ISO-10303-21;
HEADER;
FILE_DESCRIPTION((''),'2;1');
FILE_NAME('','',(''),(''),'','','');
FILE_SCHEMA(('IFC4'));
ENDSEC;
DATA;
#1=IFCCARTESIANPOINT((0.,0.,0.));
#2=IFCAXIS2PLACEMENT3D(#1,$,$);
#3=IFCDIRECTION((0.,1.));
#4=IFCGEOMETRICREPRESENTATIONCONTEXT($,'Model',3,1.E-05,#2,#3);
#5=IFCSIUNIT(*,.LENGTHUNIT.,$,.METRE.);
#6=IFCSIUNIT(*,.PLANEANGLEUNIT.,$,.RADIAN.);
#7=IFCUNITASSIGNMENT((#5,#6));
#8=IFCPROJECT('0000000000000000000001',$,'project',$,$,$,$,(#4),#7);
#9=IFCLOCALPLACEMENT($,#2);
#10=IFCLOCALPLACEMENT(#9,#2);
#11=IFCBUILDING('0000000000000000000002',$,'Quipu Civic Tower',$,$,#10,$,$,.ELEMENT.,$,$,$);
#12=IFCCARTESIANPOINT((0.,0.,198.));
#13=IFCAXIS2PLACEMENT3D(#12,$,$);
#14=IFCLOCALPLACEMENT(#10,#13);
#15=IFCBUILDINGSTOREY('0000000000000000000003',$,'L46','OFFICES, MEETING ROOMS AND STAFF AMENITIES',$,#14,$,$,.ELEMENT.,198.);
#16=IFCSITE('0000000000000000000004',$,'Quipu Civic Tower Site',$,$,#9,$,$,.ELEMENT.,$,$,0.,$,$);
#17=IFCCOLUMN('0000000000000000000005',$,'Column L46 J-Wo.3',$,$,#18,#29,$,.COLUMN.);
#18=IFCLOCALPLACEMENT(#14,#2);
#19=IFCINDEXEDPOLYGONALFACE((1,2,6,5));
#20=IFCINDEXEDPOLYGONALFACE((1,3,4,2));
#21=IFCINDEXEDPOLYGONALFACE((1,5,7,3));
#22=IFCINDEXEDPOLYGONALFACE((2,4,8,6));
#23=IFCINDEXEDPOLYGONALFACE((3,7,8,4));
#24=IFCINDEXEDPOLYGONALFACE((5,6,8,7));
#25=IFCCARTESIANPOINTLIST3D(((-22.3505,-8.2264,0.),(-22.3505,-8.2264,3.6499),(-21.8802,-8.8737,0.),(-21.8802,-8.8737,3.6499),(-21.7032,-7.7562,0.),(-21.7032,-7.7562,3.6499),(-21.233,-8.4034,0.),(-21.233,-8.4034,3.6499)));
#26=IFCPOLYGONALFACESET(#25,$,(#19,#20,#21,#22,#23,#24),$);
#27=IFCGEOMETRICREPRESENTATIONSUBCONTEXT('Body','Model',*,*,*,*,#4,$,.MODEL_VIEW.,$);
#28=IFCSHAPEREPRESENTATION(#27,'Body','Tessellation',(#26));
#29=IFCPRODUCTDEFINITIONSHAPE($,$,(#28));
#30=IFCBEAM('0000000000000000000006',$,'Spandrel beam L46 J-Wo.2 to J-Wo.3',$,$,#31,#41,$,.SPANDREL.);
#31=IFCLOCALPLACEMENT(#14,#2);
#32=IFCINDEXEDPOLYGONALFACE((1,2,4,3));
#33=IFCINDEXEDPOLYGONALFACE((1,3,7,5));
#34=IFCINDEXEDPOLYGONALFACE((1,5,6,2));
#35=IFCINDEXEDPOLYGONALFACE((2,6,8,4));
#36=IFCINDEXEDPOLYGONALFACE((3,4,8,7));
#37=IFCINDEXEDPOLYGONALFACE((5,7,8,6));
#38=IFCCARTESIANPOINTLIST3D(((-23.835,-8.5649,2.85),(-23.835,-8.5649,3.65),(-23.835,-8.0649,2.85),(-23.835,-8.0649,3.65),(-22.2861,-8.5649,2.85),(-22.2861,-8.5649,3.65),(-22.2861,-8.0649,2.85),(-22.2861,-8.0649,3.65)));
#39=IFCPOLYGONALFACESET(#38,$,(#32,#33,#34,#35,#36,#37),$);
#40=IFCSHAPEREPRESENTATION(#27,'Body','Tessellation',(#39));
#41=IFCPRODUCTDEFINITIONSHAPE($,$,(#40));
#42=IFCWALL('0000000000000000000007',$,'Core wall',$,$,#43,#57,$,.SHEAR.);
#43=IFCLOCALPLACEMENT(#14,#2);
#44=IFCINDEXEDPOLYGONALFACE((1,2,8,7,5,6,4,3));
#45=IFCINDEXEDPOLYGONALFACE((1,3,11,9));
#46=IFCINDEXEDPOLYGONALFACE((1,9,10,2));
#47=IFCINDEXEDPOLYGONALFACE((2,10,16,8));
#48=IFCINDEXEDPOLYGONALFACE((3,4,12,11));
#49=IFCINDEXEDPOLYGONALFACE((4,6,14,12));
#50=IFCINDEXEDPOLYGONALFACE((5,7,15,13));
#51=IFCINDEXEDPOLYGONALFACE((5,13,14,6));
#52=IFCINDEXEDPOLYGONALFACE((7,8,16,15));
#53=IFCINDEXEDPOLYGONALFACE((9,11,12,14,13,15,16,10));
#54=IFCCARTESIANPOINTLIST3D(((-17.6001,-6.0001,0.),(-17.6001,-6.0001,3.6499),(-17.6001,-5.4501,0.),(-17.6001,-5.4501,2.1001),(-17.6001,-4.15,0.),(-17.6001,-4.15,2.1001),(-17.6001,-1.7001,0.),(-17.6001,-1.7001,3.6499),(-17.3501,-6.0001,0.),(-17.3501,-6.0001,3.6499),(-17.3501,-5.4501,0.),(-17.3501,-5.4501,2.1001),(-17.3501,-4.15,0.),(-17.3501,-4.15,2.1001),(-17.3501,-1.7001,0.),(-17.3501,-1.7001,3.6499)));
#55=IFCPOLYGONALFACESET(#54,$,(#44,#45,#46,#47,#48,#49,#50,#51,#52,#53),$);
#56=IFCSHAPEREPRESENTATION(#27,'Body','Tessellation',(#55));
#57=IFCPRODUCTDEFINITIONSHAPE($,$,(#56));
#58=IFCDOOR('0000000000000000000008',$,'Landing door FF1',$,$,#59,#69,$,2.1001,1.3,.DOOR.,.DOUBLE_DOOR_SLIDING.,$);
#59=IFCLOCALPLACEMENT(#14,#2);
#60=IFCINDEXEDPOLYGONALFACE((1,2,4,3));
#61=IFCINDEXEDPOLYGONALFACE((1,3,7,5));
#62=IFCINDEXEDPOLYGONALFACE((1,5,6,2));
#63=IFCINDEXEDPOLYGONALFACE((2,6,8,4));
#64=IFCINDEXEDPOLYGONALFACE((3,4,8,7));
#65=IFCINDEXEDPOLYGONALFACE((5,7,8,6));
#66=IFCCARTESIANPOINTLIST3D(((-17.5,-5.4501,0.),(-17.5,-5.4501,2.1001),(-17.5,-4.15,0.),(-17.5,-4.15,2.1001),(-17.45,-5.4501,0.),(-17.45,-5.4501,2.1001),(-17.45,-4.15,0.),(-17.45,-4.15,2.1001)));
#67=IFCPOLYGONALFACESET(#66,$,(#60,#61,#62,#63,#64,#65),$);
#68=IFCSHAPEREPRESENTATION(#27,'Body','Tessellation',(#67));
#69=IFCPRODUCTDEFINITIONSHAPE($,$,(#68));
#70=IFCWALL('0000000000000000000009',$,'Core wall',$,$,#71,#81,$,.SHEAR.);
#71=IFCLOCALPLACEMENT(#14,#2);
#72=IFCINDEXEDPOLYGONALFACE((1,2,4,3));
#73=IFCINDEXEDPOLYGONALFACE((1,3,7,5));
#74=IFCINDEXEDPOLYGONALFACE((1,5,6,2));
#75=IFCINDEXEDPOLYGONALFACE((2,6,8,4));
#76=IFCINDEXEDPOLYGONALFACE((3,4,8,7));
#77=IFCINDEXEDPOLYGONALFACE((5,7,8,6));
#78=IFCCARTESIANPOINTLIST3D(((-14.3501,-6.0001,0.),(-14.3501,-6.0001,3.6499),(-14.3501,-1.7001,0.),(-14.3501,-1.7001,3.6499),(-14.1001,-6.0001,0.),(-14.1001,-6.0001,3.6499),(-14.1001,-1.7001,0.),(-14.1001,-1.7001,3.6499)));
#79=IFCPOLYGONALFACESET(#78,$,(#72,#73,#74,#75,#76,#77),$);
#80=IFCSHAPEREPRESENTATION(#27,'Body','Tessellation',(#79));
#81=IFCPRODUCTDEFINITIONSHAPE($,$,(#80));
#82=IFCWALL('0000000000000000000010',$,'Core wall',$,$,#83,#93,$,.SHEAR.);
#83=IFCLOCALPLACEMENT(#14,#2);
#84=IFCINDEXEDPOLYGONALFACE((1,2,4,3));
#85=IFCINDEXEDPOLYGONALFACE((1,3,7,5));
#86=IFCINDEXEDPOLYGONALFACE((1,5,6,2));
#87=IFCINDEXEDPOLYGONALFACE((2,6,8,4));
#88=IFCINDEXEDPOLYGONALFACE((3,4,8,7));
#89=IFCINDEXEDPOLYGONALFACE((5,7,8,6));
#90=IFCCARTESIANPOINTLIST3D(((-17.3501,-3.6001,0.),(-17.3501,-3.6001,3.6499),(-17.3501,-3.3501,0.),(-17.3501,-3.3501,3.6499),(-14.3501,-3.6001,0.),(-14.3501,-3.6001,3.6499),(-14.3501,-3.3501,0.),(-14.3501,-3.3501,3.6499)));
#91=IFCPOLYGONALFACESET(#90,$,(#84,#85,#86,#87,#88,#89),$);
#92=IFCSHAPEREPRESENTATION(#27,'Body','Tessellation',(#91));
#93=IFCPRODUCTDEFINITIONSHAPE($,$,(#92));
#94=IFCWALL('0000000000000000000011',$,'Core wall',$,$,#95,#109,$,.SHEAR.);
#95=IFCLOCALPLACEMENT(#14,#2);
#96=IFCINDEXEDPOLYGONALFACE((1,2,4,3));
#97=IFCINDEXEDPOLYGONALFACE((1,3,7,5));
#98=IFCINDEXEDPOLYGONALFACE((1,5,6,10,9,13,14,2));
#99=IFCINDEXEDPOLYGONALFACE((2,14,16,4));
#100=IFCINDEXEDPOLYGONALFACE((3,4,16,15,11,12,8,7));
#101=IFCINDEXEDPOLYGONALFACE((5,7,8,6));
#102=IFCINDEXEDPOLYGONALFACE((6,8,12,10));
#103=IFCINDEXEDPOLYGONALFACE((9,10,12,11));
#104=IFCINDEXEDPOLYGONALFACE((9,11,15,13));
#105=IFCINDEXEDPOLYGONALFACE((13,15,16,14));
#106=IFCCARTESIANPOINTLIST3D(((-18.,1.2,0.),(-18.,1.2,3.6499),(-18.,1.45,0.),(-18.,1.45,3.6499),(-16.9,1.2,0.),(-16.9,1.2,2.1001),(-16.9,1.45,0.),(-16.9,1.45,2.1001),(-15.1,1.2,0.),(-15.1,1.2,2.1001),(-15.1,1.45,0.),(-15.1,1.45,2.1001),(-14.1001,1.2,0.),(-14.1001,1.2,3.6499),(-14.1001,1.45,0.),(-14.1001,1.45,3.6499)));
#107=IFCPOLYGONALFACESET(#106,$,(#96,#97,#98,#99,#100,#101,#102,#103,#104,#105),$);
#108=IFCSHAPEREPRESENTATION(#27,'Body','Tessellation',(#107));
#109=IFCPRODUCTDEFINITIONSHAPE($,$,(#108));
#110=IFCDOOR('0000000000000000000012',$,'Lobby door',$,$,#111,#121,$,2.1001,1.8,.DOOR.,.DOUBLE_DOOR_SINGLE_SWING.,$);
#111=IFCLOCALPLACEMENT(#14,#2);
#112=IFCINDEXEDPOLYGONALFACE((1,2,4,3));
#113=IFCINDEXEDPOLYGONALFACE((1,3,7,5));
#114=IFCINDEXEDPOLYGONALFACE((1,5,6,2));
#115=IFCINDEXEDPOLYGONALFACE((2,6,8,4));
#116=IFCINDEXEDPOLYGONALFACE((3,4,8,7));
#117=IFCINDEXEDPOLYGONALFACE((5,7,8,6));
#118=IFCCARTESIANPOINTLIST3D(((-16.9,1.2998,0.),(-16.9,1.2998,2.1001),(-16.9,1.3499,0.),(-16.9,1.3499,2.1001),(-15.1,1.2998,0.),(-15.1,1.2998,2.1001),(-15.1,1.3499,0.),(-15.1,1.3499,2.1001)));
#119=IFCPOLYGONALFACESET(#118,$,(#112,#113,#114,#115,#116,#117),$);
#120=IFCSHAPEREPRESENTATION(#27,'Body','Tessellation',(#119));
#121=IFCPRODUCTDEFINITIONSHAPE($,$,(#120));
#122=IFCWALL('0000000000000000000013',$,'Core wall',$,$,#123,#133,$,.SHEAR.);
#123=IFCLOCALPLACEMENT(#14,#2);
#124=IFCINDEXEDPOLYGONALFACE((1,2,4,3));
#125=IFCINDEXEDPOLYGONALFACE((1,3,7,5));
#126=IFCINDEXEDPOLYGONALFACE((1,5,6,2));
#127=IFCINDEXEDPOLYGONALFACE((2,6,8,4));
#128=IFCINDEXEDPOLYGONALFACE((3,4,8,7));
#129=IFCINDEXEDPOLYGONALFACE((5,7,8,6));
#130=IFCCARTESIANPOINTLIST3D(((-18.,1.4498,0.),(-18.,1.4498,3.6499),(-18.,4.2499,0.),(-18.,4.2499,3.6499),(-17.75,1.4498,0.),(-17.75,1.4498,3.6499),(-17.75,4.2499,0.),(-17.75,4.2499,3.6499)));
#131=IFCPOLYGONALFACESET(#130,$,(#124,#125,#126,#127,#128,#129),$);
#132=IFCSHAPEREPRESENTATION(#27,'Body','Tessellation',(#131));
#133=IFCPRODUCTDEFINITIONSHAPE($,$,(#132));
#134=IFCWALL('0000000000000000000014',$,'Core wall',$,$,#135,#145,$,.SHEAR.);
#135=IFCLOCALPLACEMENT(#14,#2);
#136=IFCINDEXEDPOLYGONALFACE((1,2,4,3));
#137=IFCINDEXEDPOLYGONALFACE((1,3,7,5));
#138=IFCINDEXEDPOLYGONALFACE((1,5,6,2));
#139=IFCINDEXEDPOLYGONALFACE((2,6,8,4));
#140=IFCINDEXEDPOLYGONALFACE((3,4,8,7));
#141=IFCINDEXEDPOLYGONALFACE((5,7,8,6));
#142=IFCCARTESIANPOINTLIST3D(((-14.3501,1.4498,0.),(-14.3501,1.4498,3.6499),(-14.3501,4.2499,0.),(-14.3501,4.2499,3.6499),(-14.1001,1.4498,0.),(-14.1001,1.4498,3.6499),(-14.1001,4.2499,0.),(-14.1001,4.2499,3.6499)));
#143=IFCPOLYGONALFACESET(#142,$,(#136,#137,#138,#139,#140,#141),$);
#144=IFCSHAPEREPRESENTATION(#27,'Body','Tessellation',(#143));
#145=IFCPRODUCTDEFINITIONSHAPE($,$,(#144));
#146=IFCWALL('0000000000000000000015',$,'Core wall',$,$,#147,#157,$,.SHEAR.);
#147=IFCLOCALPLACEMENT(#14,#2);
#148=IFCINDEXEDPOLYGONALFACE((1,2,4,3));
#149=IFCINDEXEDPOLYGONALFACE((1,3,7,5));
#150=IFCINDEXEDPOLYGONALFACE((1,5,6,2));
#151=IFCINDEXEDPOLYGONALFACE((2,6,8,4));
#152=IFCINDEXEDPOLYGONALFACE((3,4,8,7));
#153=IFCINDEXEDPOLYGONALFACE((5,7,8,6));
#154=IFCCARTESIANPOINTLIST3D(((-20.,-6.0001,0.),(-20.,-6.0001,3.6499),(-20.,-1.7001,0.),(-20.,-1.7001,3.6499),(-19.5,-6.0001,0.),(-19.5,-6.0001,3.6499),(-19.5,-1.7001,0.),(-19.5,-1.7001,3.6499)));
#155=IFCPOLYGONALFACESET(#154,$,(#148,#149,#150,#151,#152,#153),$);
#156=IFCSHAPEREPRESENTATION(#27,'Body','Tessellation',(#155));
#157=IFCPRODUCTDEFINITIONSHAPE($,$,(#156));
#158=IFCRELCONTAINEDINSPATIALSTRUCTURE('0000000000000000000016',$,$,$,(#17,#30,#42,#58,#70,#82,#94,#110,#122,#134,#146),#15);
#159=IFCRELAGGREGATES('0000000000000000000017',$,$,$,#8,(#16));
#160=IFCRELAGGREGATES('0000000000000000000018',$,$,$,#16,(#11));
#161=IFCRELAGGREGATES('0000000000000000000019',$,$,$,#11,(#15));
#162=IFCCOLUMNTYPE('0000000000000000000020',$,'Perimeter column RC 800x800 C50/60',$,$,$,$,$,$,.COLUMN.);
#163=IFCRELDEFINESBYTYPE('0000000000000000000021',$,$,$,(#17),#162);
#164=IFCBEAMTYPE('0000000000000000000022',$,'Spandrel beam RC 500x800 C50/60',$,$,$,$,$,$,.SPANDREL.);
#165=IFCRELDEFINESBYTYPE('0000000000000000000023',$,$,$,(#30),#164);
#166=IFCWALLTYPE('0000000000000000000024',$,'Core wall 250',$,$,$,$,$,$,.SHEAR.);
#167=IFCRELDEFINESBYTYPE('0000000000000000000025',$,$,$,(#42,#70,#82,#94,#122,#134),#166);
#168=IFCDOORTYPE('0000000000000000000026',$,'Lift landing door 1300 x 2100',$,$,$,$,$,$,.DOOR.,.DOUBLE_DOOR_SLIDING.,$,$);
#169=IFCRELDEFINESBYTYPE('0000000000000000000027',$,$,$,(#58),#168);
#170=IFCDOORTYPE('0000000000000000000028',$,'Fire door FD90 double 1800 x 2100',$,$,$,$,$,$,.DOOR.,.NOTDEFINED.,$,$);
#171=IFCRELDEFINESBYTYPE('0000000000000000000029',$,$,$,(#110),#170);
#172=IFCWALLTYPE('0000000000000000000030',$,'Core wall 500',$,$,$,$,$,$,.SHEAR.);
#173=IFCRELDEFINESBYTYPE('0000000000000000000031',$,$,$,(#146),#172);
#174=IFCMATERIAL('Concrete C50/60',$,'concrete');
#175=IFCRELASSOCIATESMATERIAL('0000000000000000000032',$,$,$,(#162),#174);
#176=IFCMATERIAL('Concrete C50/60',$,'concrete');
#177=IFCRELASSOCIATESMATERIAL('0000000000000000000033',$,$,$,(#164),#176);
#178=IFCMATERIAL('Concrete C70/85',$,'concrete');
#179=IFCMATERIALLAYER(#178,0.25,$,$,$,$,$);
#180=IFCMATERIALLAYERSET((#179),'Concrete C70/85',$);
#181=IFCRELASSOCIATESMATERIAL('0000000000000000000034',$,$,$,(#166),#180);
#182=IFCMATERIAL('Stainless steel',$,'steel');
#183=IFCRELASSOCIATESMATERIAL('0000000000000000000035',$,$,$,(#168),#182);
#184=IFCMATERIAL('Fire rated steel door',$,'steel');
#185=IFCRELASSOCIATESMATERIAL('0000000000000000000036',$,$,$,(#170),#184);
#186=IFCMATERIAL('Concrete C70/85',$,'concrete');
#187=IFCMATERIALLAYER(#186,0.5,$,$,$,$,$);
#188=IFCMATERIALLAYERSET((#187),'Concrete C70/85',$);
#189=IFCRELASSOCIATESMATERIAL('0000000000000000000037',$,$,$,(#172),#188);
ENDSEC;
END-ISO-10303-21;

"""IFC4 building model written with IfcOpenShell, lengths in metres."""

from ifc_helpers import new_model, si_unit, direction, frame, frame_2d, origin, origin_2d, place, context, subcontext, project, spatial, rectangle, extrude, material, layer, layer_set, material_profile, profile_set, type_object, element, fill, save


model = new_model("IFC4")

# Units and contexts
model_context = context("Model", 3, precision=1e-05, world=origin(), true_north=direction((0.0, 1.0)))
body_context = subcontext(model_context, "Body", "Model", "MODEL_VIEW")
ifc_project = project(units=[si_unit("LENGTHUNIT", "METRE"), si_unit("PLANEANGLEUNIT", "RADIAN")], contexts=[model_context])

# Site, building, storey
site_placement = place(None, origin())
site = spatial("IfcSite", under=ifc_project, at=site_placement, Name="Quipu Civic Tower Site", CompositionType="ELEMENT", RefElevation=0.0)
building_placement = place(site_placement, origin())
building = spatial("IfcBuilding", under=site, at=building_placement, Name="Quipu Civic Tower", CompositionType="ELEMENT")
storey_placement = place(building_placement, frame((0.0, 0.0, 198.0)))
storey = spatial("IfcBuildingStorey", under=building, at=storey_placement, Name="L46", Description="OFFICES, MEETING ROOMS AND STAFF AMENITIES", CompositionType="ELEMENT", Elevation=198.0)

# Column
ifc_material_1 = material(Name="Concrete C50/60", Category="concrete")
ifc_material_profile_1 = material_profile(ifc_material_1, rectangle(XDim=0.8, YDim=0.8, at=origin_2d()), Name="RC800x800")
ifc_profile_set_1 = profile_set([ifc_material_profile_1], Name="Concrete C50/60")
column_type = type_object("IfcColumnType", Name="Perimeter column RC 800x800 C50/60", PredefinedType="COLUMN", material=ifc_profile_set_1)
column_placement = place(storey_placement, frame((-21.7917, -8.3149, 0.0), z_axis=(0.0, 0.0, 1.0), x_axis=(0.587785, -0.809017, 0.0)))
element("IfcColumn", 1, at=column_placement, inside=storey, type_object=column_type, Name="Column L46 J-Wo.3", PredefinedType="COLUMN", context=body_context, shape_type="SweptSolid", body=[
    extrude(rectangle(XDim=0.8, YDim=0.8, at=origin_2d()), origin(), (0.0, 0.0, 1.0), 3.6499),
])

# Beam
ifc_material_2 = material(Name="Concrete C50/60", Category="concrete")
ifc_material_profile_2 = material_profile(ifc_material_2, rectangle(XDim=0.5, YDim=0.8, at=origin_2d()), Name="RC500x800")
ifc_profile_set_2 = profile_set([ifc_material_profile_2], Name="Concrete C50/60")
beam_type = type_object("IfcBeamType", Name="Spandrel beam RC 500x800 C50/60", PredefinedType="SPANDREL", material=ifc_profile_set_2)
beam_placement = place(storey_placement, frame((-23.835, -8.3149, 3.25), z_axis=(1.0, 0.0, 0.0), x_axis=(0.0, 1.0, 0.0)))
element("IfcBeam", 2, at=beam_placement, inside=storey, type_object=beam_type, Name="Spandrel beam L46 J-Wo.2 to J-Wo.3", PredefinedType="SPANDREL", context=body_context, shape_type="SweptSolid", body=[
    extrude(rectangle(XDim=0.5, YDim=0.8, at=origin_2d()), origin(), (0.0, 0.0, 1.0), 1.5488),
])

# Wall, opening, door
ifc_material_3 = material(Name="Concrete C70/85", Category="concrete")
ifc_layer_1 = layer(ifc_material_3, 0.25)
ifc_layer_set_1 = layer_set([ifc_layer_1], Name="Concrete C70/85")
wall_type_1 = type_object("IfcWallType", Name="Core wall 250", PredefinedType="SHEAR", material=ifc_layer_set_1)
wall_1_placement = place(storey_placement, frame((-17.4751, -6.0, 0.0), z_axis=(0.0, 0.0, 1.0), x_axis=(0.0, 1.0, 0.0)))
wall_1 = element("IfcWall", 3, at=wall_1_placement, inside=storey, type_object=wall_type_1, Name="Core wall", PredefinedType="SHEAR", context=body_context, shape_type="SweptSolid", body=[
    extrude(rectangle(XDim=4.3, YDim=0.25, at=frame_2d((2.1499, 0.0))), origin(), (0.0, 0.0, 1.0), 3.6499),
])
opening_1_placement = place(wall_1_placement, frame((0.55, 0.0, 0.0)))
opening_1 = element("IfcOpeningElement", 4, at=opening_1_placement, cuts=wall_1, PredefinedType="OPENING", context=body_context, shape_type="SweptSolid", body=[
    extrude(rectangle(XDim=1.3, YDim=2.1001, at=frame_2d((0.6499, 1.05))), frame((0.0, 0.135, 0.0), z_axis=(0.0, -1.0, 0.0), x_axis=(1.0, 0.0, 0.0)), (0.0, 0.0, 1.0), 0.27),
])
ifc_material_4 = material(Name="Stainless steel", Category="steel")
door_type_1 = type_object("IfcDoorType", Name="Lift landing door 1300 x 2100", OperationType="DOUBLE_DOOR_SLIDING", PredefinedType="DOOR", material=ifc_material_4)
door_1_placement = place(opening_1_placement, origin())
door_1 = element("IfcDoor", 5, at=door_1_placement, inside=storey, type_object=door_type_1, Name="Landing door FF1", OperationType="DOUBLE_DOOR_SLIDING", OverallHeight=2.1001, OverallWidth=1.3, PredefinedType="DOOR", context=body_context, shape_type="SweptSolid", body=[
    extrude(rectangle(XDim=1.3, YDim=2.1001, at=frame_2d((0.6499, 1.05))), frame((0.0, 0.0249, 0.0), z_axis=(0.0, -1.0, 0.0), x_axis=(1.0, 0.0, 0.0)), (0.0, 0.0, 1.0), 0.05),
])
fill(opening_1, door_1)

# Walls
wall_2_placement = place(storey_placement, frame((-14.2251, -6.0, 0.0), z_axis=(0.0, 0.0, 1.0), x_axis=(0.0, 1.0, 0.0)))
element("IfcWall", 6, at=wall_2_placement, inside=storey, type_object=wall_type_1, Name="Core wall", PredefinedType="SHEAR", context=body_context, shape_type="SweptSolid", body=[
    extrude(rectangle(XDim=4.3, YDim=0.25, at=frame_2d((2.1499, 0.0))), origin(), (0.0, 0.0, 1.0), 3.6499),
])
wall_3_placement = place(storey_placement, frame((-17.3501, -3.4751, 0.0), z_axis=(0.0, 0.0, 1.0), x_axis=(1.0, 0.0, 0.0)))
element("IfcWall", 7, at=wall_3_placement, inside=storey, type_object=wall_type_1, Name="Core wall", PredefinedType="SHEAR", context=body_context, shape_type="SweptSolid", body=[
    extrude(rectangle(XDim=3.0, YDim=0.25, at=frame_2d((1.5, 0.0))), origin(), (0.0, 0.0, 1.0), 3.6499),
])

# Wall, opening, door
wall_4_placement = place(storey_placement, frame((-18.0, 1.325, 0.0), z_axis=(0.0, 0.0, 1.0), x_axis=(1.0, 0.0, 0.0)))
wall_4 = element("IfcWall", 8, at=wall_4_placement, inside=storey, type_object=wall_type_1, Name="Core wall", PredefinedType="SHEAR", context=body_context, shape_type="SweptSolid", body=[
    extrude(rectangle(XDim=3.8999, YDim=0.25, at=frame_2d((1.95, 0.0))), origin(), (0.0, 0.0, 1.0), 3.6499),
])
opening_2_placement = place(wall_4_placement, frame((1.1001, 0.0, 0.0)))
opening_2 = element("IfcOpeningElement", 9, at=opening_2_placement, cuts=wall_4, PredefinedType="OPENING", context=body_context, shape_type="SweptSolid", body=[
    extrude(rectangle(XDim=1.8, YDim=2.1001, at=frame_2d((0.8999, 1.05))), frame((0.0, 0.135, 0.0), z_axis=(0.0, -1.0, 0.0), x_axis=(1.0, 0.0, 0.0)), (0.0, 0.0, 1.0), 0.27),
])
ifc_material_5 = material(Name="Fire rated steel door", Category="steel")
door_type_2 = type_object("IfcDoorType", Name="Fire door FD90 double 1800 x 2100", OperationType="NOTDEFINED", PredefinedType="DOOR", material=ifc_material_5)
door_2_placement = place(opening_2_placement, origin())
door_2 = element("IfcDoor", 10, at=door_2_placement, inside=storey, type_object=door_type_2, Name="Lobby door", OperationType="DOUBLE_DOOR_SINGLE_SWING", OverallHeight=2.1001, OverallWidth=1.8, PredefinedType="DOOR", context=body_context, shape_type="SweptSolid", body=[
    extrude(rectangle(XDim=1.8, YDim=2.1001, at=frame_2d((0.8999, 1.05))), frame((0.0, 0.0249, 0.0), z_axis=(0.0, -1.0, 0.0), x_axis=(1.0, 0.0, 0.0)), (0.0, 0.0, 1.0), 0.05),
])
fill(opening_2, door_2)

# Walls
for number, where, z_axis, x_axis, name in (
    (11, (-17.875, 1.45, 0.0), (0.0, 0.0, 1.0), (0.0, 1.0, 0.0), "Core wall"),
    (12, (-14.2251, 1.45, 0.0), (0.0, 0.0, 1.0), (0.0, 1.0, 0.0), "Core wall"),
):
    element("IfcWall", number, at=place(storey_placement, frame(where, z_axis=z_axis, x_axis=x_axis)), inside=storey, type_object=wall_type_1, Name=name, PredefinedType="SHEAR", context=body_context, shape_type="SweptSolid", body=[
        extrude(rectangle(XDim=2.8, YDim=0.25, at=frame_2d((1.3999, 0.0))), origin(), (0.0, 0.0, 1.0), 3.6499),
    ])
ifc_material_6 = material(Name="Concrete C70/85", Category="concrete")
ifc_layer_2 = layer(ifc_material_6, 0.5)
ifc_layer_set_2 = layer_set([ifc_layer_2], Name="Concrete C70/85")
wall_type_2 = type_object("IfcWallType", Name="Core wall 500", PredefinedType="SHEAR", material=ifc_layer_set_2)
wall_5_placement = place(storey_placement, frame((-19.75, -6.0, 0.0), z_axis=(0.0, 0.0, 1.0), x_axis=(0.0, 1.0, 0.0)))
element("IfcWall", 13, at=wall_5_placement, inside=storey, type_object=wall_type_2, Name="Core wall", PredefinedType="SHEAR", context=body_context, shape_type="SweptSolid", body=[
    extrude(rectangle(XDim=4.3, YDim=0.5, at=frame_2d((2.1499, 0.0))), origin(), (0.0, 0.0, 1.0), 3.6499),
])

save(model, "model.ifc")
